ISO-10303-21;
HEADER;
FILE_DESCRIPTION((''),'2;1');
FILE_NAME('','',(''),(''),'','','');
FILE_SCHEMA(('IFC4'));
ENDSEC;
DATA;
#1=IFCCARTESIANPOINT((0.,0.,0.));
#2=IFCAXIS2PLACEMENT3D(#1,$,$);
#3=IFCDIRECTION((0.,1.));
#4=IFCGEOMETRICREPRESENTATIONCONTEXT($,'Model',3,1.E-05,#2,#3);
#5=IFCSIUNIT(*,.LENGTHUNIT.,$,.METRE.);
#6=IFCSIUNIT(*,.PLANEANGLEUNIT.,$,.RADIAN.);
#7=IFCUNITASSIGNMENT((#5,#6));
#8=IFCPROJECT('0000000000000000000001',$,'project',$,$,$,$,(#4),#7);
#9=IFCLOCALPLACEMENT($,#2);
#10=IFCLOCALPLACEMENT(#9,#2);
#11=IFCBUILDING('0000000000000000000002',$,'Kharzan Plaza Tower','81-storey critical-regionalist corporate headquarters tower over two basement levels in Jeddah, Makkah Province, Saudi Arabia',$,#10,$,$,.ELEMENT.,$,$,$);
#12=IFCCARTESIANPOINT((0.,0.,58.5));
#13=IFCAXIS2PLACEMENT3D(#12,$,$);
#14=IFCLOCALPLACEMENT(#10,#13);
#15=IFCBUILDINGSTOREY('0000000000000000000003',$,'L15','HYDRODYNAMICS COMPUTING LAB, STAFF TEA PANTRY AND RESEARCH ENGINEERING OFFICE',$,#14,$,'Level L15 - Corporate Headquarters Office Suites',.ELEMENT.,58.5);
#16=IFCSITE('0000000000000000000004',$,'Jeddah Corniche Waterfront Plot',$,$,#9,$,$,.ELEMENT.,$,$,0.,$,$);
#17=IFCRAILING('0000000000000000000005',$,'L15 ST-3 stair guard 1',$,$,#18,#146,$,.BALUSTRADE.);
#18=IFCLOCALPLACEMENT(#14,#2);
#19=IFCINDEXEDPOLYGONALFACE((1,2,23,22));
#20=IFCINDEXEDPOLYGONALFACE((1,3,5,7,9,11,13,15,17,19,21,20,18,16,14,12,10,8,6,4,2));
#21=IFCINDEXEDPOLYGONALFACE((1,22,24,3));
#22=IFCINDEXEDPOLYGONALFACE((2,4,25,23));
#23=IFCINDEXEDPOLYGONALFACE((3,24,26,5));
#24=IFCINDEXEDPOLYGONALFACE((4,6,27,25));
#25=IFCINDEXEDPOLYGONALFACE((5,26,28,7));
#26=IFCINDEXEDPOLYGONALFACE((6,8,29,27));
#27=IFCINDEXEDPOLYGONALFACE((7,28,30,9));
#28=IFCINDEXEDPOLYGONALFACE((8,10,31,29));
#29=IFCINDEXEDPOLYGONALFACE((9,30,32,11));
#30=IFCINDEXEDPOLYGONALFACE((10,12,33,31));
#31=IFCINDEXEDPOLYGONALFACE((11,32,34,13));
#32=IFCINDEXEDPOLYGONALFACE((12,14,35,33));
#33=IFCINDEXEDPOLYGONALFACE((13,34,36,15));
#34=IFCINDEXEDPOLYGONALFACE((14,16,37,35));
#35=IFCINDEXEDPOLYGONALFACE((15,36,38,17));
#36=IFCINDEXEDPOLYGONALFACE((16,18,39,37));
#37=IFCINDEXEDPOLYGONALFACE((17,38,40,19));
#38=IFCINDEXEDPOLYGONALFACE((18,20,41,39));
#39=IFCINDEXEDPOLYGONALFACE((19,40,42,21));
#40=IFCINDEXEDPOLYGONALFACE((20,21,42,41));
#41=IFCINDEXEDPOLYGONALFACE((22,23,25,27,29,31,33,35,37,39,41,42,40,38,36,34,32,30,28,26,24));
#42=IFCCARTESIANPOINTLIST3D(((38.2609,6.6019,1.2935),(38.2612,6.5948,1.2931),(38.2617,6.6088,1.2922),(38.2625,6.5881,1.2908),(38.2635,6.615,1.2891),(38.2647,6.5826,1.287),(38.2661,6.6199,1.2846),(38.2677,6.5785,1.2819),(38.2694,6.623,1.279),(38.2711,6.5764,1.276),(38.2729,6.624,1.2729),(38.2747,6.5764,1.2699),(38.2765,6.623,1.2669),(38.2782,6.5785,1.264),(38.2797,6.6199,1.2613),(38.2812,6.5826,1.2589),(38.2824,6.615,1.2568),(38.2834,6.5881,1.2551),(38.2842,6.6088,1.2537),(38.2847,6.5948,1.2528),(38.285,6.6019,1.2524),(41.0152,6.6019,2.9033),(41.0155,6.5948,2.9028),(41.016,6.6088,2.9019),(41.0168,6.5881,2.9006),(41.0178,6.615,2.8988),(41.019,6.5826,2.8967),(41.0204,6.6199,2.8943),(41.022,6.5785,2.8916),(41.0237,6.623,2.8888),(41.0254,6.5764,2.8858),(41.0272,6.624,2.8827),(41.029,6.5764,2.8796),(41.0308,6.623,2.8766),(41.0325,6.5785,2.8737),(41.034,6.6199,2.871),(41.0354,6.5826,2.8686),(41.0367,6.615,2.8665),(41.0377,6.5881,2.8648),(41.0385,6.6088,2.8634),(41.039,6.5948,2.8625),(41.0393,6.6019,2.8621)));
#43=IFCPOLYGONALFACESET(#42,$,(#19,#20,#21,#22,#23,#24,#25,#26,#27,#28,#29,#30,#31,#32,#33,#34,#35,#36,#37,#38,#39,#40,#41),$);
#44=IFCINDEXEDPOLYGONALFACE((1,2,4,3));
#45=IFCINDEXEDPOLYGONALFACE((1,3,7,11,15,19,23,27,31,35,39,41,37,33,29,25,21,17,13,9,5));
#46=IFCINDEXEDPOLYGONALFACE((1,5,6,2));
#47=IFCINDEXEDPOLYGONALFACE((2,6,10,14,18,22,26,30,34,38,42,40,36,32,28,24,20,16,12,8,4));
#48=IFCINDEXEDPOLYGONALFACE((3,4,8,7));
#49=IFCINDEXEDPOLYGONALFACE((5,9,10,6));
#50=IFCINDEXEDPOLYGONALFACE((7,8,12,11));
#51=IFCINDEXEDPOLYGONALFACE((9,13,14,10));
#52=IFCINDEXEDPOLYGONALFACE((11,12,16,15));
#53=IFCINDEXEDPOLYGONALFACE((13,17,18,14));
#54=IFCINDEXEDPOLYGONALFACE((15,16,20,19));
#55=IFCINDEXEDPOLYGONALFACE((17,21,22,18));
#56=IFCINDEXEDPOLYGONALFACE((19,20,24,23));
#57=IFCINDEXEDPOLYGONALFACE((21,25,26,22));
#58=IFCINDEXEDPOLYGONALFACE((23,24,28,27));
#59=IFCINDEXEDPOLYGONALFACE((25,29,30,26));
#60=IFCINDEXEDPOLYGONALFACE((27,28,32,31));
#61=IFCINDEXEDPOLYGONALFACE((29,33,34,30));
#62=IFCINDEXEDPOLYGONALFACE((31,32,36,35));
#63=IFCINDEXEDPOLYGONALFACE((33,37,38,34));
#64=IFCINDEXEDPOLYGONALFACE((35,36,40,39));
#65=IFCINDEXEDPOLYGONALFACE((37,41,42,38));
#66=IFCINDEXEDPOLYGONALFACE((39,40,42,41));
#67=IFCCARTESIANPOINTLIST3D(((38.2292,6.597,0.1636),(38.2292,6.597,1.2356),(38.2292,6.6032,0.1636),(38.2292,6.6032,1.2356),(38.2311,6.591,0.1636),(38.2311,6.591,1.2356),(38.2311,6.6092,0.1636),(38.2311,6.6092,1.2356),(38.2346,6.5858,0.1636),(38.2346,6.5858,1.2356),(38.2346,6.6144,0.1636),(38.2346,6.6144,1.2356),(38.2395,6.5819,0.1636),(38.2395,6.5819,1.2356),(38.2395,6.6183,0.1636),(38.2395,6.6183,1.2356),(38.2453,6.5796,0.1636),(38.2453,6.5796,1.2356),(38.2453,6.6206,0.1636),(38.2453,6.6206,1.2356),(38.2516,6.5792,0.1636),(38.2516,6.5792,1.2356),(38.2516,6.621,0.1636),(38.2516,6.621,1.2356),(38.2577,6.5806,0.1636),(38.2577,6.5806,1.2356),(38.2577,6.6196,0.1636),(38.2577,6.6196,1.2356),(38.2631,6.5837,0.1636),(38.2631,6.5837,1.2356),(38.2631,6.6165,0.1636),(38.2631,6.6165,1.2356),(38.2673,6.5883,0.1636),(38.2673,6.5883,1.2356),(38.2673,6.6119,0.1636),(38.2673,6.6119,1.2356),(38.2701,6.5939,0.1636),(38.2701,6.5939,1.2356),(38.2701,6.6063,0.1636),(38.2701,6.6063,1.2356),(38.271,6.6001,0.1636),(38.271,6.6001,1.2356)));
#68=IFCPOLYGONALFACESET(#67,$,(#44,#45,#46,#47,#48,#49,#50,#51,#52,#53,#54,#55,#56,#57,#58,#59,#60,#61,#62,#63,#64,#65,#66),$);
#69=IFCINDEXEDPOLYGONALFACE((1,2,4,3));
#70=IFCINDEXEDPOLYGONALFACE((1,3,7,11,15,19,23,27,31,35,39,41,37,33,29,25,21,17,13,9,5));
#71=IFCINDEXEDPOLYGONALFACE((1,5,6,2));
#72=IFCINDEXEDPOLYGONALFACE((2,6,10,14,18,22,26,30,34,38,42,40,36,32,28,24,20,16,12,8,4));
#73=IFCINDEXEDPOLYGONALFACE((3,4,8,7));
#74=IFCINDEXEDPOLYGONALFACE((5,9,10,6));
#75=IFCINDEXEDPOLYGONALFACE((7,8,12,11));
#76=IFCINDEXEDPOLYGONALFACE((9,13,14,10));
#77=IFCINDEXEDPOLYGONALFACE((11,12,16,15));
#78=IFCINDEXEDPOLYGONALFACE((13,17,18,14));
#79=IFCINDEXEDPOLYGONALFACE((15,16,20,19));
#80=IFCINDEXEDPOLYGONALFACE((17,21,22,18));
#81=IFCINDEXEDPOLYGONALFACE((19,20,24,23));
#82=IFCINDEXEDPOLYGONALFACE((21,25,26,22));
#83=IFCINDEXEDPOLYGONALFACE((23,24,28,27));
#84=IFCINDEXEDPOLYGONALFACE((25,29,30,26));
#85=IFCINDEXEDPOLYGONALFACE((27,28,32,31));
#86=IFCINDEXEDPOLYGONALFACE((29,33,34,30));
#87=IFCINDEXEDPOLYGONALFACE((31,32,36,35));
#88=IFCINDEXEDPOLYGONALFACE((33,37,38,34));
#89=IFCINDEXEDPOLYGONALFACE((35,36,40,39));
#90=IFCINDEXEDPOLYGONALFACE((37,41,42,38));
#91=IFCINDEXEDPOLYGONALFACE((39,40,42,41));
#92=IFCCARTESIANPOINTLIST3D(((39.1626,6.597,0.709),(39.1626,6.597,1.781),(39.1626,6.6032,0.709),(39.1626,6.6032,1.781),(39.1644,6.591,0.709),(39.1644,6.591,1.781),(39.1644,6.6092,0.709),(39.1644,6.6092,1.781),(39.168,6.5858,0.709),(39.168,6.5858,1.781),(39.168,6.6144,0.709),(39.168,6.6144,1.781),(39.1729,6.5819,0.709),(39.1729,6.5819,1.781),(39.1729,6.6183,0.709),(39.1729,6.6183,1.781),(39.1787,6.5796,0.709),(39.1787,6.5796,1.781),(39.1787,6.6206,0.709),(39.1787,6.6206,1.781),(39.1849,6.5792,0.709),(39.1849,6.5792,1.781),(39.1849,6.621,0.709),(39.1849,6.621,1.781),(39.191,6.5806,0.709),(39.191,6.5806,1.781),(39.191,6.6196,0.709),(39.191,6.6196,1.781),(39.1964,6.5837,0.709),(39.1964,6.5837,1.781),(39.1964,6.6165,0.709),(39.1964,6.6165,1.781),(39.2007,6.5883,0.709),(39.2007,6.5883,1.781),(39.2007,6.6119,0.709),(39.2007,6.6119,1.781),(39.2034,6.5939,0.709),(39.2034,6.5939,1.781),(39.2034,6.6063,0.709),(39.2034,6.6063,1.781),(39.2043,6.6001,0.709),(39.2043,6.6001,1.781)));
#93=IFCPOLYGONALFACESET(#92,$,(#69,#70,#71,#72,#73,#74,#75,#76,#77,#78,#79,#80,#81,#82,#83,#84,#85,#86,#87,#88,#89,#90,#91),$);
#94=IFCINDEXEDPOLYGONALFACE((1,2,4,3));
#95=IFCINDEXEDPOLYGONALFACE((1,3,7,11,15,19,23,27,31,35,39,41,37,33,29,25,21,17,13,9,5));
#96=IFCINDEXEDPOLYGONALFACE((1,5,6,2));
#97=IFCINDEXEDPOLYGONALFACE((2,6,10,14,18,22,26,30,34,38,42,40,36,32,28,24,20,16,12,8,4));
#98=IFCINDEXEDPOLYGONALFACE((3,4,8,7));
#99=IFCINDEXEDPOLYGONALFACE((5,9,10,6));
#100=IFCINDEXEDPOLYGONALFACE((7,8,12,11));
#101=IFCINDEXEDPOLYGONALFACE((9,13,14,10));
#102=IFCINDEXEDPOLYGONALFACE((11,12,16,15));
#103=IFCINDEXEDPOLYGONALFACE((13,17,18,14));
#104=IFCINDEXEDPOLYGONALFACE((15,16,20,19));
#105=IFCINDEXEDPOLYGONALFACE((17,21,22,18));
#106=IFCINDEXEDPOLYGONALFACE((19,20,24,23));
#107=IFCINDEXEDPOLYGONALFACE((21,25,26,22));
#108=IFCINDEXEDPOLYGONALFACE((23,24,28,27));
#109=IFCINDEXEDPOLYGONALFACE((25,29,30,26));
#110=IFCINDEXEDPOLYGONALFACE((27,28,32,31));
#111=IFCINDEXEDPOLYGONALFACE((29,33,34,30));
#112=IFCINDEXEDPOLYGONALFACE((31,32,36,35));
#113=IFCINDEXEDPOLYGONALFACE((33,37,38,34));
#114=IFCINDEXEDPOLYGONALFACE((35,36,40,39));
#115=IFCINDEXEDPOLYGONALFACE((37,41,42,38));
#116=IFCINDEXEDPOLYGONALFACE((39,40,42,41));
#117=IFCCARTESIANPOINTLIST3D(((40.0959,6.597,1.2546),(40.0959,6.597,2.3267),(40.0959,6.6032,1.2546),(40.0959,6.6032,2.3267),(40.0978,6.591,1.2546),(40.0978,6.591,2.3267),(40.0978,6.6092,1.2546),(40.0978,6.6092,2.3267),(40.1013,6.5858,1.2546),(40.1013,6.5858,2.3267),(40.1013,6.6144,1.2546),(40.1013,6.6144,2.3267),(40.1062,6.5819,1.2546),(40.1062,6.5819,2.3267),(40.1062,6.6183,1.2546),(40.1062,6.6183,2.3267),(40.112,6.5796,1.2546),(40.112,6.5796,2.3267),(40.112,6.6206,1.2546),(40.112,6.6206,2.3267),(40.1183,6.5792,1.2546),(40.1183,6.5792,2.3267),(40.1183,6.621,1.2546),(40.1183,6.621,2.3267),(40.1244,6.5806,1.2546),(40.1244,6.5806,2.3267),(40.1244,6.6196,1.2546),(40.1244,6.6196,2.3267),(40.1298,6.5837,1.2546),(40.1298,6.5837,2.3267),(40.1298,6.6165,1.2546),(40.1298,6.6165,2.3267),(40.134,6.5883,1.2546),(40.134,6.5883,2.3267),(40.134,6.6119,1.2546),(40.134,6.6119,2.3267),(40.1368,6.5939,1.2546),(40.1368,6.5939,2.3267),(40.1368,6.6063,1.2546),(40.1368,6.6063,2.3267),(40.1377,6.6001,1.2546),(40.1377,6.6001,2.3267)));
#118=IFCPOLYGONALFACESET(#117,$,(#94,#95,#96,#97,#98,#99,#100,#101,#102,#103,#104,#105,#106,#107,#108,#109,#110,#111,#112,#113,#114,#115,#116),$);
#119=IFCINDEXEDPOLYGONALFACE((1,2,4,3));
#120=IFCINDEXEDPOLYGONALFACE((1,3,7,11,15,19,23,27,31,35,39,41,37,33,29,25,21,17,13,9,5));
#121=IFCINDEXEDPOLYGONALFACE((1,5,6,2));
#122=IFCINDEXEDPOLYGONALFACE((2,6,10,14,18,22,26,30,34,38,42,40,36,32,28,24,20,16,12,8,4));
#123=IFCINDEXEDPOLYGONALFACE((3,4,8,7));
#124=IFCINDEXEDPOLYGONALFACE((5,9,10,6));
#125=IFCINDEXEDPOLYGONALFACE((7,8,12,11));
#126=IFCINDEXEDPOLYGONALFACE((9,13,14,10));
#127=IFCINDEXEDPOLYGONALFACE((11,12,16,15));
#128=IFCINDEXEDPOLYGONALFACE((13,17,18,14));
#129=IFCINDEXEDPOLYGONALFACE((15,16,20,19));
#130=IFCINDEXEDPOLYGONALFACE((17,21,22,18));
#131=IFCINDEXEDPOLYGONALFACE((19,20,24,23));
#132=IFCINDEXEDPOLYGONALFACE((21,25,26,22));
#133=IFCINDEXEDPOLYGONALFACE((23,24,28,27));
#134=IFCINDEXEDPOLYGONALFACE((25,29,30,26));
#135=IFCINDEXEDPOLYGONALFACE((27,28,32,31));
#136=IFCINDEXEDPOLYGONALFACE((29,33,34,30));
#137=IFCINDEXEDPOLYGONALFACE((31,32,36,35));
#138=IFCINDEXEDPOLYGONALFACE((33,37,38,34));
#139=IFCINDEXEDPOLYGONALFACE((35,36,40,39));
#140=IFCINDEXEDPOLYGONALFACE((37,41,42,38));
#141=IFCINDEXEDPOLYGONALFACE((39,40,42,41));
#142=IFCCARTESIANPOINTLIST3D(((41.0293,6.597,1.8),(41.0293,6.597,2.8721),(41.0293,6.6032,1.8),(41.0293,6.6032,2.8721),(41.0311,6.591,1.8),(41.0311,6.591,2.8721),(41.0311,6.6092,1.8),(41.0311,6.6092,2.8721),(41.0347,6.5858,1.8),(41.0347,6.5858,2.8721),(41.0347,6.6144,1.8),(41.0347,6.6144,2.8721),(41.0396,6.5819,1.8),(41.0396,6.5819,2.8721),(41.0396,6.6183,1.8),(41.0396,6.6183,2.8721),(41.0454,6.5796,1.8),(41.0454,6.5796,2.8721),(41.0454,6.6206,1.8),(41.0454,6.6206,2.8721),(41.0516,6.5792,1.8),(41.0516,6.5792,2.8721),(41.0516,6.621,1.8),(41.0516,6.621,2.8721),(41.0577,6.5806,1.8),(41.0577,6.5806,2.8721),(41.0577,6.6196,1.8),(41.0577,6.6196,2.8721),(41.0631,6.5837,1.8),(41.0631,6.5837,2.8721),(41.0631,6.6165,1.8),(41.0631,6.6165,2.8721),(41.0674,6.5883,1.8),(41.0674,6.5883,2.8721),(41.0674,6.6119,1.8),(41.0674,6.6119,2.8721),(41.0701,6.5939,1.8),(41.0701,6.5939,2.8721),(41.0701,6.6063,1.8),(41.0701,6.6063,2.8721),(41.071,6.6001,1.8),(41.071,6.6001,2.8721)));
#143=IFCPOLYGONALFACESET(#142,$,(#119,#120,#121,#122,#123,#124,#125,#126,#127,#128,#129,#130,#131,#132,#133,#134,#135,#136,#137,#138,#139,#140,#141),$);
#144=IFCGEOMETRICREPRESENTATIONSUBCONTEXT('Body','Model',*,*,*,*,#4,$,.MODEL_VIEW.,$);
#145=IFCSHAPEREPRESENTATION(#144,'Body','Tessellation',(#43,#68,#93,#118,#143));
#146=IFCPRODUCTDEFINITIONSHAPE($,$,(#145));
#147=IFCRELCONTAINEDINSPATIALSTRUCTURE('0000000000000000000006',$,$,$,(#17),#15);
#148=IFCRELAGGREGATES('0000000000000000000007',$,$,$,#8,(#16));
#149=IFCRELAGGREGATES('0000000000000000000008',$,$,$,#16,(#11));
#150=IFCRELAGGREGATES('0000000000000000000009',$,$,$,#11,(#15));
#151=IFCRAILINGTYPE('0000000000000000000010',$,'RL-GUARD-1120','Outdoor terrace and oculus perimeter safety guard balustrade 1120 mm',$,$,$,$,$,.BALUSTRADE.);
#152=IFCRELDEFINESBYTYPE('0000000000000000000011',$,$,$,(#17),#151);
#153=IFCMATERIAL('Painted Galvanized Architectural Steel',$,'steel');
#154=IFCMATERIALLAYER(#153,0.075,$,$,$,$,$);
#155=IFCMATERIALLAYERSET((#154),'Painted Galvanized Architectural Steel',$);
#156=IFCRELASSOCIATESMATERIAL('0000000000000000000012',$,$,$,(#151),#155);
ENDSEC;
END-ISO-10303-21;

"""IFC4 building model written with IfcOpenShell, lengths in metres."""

from ifc_helpers import new_model, si_unit, direction, frame, origin, origin_2d, place, context, subcontext, project, spatial, circle, extrude, source, transform, mapped, material, layer, layer_set, type_object, element, save


model = new_model("IFC4")

# Units and contexts
model_context = context("Model", 3, precision=1e-05, world=origin(), true_north=direction((0.0, 1.0)))
body_context = subcontext(model_context, "Body", "Model", "MODEL_VIEW")
ifc_project = project(units=[si_unit("LENGTHUNIT", "METRE"), si_unit("PLANEANGLEUNIT", "RADIAN")], contexts=[model_context])

# Site, building, storey
site_placement = place(None, origin())
site = spatial("IfcSite", under=ifc_project, at=site_placement, Name="Jeddah Corniche Waterfront Plot", CompositionType="ELEMENT", RefElevation=0.0)
building_placement = place(site_placement, origin())
building = spatial("IfcBuilding", under=site, at=building_placement, Name="Kharzan Plaza Tower", Description="81-storey critical-regionalist corporate headquarters tower over two basement levels in Jeddah, Makkah Province, Saudi Arabia", CompositionType="ELEMENT")
storey_placement = place(building_placement, frame((0.0, 0.0, 58.5)))
storey = spatial("IfcBuildingStorey", under=building, at=storey_placement, Name="L15", Description="HYDRODYNAMICS COMPUTING LAB, STAFF TEA PANTRY AND RESEARCH ENGINEERING OFFICE", LongName="Level L15 - Corporate Headquarters Office Suites", CompositionType="ELEMENT", Elevation=58.5)

# Railing
ifc_material_1 = material(Name="Painted Galvanized Architectural Steel", Category="steel")
ifc_layer_1 = layer(ifc_material_1, 0.075)
ifc_layer_set_1 = layer_set([ifc_layer_1], Name="Painted Galvanized Architectural Steel")
railing_type_1 = type_object("IfcRailingType", Name="RL-GUARD-1120", Description="Outdoor terrace and oculus perimeter safety guard balustrade 1120 mm", PredefinedType="BALUSTRADE", material=ifc_layer_set_1)
shared_shape_1 = source(origin(), body_context, "Body", "SweptSolid", [
    extrude(circle(Radius=0.0239, at=origin_2d()), frame((0.0229, 0.0, 1.1094), z_axis=(0.863361, 0.0, 0.504587), x_axis=(0.0, 1.0, 0.0)), (0.0, 0.0, 1.0), 3.1902),
    extrude(circle(Radius=0.021, at=origin_2d()), origin(), (0.0, 0.0, 1.0), 1.072),
    extrude(circle(Radius=0.021, at=origin_2d()), frame((0.9333, 0.0, 0.5454)), (0.0, 0.0, 1.0), 1.072),
    extrude(circle(Radius=0.021, at=origin_2d()), frame((1.8667, 0.0, 1.0911)), (0.0, 0.0, 1.0), 1.072),
    extrude(circle(Radius=0.021, at=origin_2d()), frame((2.8, 0.0, 1.6365)), (0.0, 0.0, 1.0), 1.072),
])
railing_1_placement = place(storey_placement, frame((38.25, 6.6001, 0.1636)))
element("IfcRailing", 1, at=railing_1_placement, inside=storey, type_object=railing_type_1, Name="L15 ST-3 stair guard 1", PredefinedType="BALUSTRADE", context=body_context, shape_type="MappedRepresentation", body=[
    mapped(shared_shape_1, transform((0.0, 0.0, 0.0), x_axis=(1.0, 0.0, 0.0), y_axis=(0.0, 1.0, 0.0), z_axis=(0.0, 0.0, 1.0))),
])

save(model, "model.ifc")
